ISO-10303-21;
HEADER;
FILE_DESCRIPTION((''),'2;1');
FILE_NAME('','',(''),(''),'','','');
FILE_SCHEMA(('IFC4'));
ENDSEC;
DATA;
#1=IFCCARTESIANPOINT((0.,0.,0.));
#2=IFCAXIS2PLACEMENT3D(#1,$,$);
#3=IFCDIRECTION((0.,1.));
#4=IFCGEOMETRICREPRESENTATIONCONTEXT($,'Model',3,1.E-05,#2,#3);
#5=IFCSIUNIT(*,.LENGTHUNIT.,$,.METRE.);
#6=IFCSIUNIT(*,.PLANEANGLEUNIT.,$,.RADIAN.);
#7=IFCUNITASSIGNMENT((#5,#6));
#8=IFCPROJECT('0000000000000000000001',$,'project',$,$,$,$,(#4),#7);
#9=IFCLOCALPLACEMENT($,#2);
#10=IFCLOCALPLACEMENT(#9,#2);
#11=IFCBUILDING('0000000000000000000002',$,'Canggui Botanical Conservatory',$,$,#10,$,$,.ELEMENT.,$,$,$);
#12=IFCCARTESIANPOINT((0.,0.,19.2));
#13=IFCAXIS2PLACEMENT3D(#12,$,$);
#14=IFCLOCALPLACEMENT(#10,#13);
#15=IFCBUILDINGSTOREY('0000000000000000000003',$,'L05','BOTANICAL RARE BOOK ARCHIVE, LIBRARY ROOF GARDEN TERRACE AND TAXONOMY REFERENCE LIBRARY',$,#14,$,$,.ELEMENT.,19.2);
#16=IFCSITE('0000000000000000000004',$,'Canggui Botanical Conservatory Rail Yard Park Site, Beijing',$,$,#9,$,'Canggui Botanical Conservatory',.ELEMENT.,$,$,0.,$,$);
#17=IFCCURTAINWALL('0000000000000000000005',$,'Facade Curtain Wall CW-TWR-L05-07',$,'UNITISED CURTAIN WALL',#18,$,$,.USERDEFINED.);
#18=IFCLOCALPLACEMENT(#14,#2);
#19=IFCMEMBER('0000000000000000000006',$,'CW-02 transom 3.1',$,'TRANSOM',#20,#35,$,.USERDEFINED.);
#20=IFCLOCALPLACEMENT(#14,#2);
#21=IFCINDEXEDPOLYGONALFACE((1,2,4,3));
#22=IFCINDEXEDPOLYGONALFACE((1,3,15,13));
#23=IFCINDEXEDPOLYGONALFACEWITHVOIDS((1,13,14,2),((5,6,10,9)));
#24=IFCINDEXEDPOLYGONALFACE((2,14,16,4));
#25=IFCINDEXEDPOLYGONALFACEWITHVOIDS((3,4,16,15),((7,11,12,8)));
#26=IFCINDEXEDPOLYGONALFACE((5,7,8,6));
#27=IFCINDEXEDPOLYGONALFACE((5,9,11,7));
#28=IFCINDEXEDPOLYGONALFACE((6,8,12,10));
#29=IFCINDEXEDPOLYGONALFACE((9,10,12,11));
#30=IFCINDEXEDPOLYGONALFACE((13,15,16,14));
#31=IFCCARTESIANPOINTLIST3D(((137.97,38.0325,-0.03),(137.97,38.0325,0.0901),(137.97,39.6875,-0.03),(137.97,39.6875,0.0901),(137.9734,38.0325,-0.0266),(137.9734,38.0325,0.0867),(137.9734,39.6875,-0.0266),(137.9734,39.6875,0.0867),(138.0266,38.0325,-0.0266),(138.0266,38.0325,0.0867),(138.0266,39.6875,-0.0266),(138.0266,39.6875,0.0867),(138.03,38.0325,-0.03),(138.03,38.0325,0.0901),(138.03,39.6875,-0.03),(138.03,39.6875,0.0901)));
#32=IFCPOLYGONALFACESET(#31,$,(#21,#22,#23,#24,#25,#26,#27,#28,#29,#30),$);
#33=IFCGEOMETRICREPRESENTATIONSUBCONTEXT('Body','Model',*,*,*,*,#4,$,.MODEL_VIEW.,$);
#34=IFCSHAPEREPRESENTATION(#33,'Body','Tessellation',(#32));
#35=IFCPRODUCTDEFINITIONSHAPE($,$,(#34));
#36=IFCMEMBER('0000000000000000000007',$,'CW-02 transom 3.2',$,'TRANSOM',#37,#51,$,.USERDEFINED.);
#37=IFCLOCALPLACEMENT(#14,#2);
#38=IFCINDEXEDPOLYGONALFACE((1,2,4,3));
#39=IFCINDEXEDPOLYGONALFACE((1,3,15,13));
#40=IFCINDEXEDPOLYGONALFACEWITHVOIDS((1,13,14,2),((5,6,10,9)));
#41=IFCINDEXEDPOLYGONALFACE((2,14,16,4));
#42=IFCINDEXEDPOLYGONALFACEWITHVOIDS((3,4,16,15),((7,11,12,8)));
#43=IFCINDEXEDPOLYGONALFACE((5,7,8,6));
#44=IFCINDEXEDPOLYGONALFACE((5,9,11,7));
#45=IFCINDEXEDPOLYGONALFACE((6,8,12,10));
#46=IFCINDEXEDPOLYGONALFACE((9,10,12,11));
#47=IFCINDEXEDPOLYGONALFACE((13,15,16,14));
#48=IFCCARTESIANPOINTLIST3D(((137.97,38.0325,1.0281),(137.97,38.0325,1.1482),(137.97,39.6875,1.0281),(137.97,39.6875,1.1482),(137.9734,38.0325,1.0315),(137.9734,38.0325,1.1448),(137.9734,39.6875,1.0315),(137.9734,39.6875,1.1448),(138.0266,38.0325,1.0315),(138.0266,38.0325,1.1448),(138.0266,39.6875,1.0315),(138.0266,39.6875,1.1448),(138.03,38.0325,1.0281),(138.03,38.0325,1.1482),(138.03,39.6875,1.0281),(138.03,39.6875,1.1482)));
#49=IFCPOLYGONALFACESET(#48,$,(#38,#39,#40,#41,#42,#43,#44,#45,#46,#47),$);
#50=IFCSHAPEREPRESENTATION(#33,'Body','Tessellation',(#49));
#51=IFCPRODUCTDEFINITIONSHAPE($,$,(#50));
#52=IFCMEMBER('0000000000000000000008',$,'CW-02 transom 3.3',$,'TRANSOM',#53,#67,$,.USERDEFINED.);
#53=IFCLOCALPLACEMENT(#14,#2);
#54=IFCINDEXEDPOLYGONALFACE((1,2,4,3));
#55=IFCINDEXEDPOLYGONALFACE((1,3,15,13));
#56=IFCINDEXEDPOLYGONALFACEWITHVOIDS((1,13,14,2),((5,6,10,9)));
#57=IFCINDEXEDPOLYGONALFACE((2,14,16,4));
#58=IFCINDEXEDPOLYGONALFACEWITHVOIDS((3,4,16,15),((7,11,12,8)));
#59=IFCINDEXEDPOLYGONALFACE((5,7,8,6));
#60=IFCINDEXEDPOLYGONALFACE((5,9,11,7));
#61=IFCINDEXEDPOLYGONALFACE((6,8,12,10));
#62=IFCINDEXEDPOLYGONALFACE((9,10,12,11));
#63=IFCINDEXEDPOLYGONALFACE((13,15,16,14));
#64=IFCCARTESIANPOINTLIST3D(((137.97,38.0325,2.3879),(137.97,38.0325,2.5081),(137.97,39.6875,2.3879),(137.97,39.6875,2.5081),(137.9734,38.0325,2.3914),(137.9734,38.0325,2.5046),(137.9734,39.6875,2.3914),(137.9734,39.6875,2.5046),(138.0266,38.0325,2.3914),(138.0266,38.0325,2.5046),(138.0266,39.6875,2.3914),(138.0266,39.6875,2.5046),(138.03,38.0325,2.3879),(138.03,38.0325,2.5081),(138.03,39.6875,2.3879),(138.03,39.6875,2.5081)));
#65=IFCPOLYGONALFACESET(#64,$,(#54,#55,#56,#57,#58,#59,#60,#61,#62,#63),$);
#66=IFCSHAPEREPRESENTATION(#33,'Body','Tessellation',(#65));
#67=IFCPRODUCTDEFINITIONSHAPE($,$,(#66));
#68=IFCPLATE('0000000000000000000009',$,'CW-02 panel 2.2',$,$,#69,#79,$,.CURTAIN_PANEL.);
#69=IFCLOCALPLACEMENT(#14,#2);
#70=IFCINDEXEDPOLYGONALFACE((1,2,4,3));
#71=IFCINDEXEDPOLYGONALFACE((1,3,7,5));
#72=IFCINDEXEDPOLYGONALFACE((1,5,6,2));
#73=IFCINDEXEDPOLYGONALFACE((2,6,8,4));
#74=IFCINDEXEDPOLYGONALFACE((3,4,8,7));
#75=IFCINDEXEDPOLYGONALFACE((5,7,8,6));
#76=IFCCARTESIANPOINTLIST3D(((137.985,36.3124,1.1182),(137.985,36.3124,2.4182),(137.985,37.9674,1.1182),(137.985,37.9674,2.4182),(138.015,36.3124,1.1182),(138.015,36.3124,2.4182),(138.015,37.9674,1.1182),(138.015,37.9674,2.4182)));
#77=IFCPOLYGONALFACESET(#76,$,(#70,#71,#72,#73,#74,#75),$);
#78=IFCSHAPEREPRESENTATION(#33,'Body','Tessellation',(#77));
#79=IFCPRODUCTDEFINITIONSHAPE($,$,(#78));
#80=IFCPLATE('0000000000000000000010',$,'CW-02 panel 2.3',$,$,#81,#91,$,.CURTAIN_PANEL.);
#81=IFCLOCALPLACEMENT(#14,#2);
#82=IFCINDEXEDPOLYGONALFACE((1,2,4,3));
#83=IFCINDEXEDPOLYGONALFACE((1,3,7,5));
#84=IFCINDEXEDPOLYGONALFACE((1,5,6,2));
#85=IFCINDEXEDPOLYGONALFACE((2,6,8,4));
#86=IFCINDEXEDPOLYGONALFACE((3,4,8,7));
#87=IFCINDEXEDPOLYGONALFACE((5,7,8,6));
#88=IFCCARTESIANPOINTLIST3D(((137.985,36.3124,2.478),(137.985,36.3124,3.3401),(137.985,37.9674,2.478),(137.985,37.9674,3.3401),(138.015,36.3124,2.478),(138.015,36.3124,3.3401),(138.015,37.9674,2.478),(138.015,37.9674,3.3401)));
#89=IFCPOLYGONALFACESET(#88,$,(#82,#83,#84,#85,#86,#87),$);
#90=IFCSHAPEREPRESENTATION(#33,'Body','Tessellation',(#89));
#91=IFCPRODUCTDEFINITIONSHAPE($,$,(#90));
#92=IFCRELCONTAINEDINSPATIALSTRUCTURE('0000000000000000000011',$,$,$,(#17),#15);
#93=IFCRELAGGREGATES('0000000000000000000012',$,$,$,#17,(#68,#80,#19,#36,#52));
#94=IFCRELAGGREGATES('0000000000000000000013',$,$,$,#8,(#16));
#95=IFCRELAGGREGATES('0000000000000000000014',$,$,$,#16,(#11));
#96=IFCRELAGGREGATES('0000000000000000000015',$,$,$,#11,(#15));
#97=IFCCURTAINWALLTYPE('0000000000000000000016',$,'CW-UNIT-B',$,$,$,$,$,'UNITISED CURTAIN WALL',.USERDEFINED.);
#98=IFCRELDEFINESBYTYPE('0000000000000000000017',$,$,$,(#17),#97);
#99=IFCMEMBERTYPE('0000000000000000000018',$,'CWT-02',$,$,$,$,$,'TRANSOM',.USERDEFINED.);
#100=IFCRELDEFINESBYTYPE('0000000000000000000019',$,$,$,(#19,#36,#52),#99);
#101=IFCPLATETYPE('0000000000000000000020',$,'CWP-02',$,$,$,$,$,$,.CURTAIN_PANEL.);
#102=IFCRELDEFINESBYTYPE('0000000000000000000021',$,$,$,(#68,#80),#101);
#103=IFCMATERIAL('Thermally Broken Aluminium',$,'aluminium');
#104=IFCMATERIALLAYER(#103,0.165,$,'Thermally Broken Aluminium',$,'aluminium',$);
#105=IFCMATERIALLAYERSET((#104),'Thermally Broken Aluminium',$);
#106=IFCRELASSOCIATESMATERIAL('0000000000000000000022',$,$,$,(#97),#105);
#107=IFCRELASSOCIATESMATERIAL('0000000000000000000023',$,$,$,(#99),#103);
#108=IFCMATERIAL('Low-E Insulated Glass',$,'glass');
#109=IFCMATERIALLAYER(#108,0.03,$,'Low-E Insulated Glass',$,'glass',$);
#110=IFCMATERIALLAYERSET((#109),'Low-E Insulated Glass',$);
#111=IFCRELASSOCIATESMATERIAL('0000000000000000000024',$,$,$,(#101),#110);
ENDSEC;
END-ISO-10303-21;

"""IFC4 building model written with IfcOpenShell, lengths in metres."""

from ifc_helpers import new_model, si_unit, direction, frame, origin, origin_2d, place, context, subcontext, project, spatial, rectangle, hollow_rectangle, extrude, material, layer, layer_set, material_profile, profile_set, type_object, element, aggregate, save


model = new_model("IFC4")

# Units and contexts
model_context = context("Model", 3, precision=1e-05, world=origin(), true_north=direction((0.0, 1.0)))
body_context = subcontext(model_context, "Body", "Model", "MODEL_VIEW")
ifc_project = project(units=[si_unit("LENGTHUNIT", "METRE"), si_unit("PLANEANGLEUNIT", "RADIAN")], contexts=[model_context])

# Site, building, storey
site_placement = place(None, origin())
site = spatial("IfcSite", under=ifc_project, at=site_placement, Name="Canggui Botanical Conservatory Rail Yard Park Site, Beijing", LongName="Canggui Botanical Conservatory", CompositionType="ELEMENT", RefElevation=0.0)
building_placement = place(site_placement, origin())
building = spatial("IfcBuilding", under=site, at=building_placement, Name="Canggui Botanical Conservatory", CompositionType="ELEMENT")
storey_placement = place(building_placement, frame((0.0, 0.0, 19.2)))
storey = spatial("IfcBuildingStorey", under=building, at=storey_placement, Name="L05", Description="BOTANICAL RARE BOOK ARCHIVE, LIBRARY ROOF GARDEN TERRACE AND TAXONOMY REFERENCE LIBRARY", CompositionType="ELEMENT", Elevation=19.2)

# Curtain wall, members, plates
ifc_material_1 = material(Name="Thermally Broken Aluminium", Category="aluminium")
ifc_layer_1 = layer(ifc_material_1, 0.165, Name="Thermally Broken Aluminium", Category="aluminium")
ifc_layer_set_1 = layer_set([ifc_layer_1], Name="Thermally Broken Aluminium")
curtain_wall_type = type_object("IfcCurtainWallType", Name="CW-UNIT-B", ElementType="UNITISED CURTAIN WALL", PredefinedType="USERDEFINED", material=ifc_layer_set_1)
curtain_wall_placement = place(storey_placement, origin())
curtain_wall = element("IfcCurtainWall", 1, at=curtain_wall_placement, inside=storey, type_object=curtain_wall_type, Name="Facade Curtain Wall CW-TWR-L05-07", ObjectType="UNITISED CURTAIN WALL", PredefinedType="USERDEFINED")
ifc_material_profile_1 = material_profile(ifc_material_1, hollow_rectangle(XDim=0.0601, YDim=0.1201, WallThickness=0.0034, at=origin_2d()), Name="CWT 60x120x3.5")
ifc_profile_set_1 = profile_set([ifc_material_profile_1], Name="Thermally Broken Aluminium")
member_type_1 = type_object("IfcMemberType", Name="CWT-02", ElementType="TRANSOM", PredefinedType="USERDEFINED", material=ifc_profile_set_1)
member_1_placement = place(storey_placement, frame((138.0, 38.0325, 0.03), z_axis=(0.0, 1.0, 0.0), x_axis=(-1.0, 0.0, 0.0)))
member_1 = element("IfcMember", 2, at=member_1_placement, type_object=member_type_1, Name="CW-02 transom 3.1", ObjectType="TRANSOM", PredefinedType="USERDEFINED", context=body_context, shape_type="SweptSolid", body=[
    extrude(hollow_rectangle(XDim=0.0601, YDim=0.1201, WallThickness=0.0034, at=origin_2d()), origin(), (0.0, 0.0, 1.0), 1.655),
])
member_2_placement = place(storey_placement, frame((138.0, 38.0325, 1.0881), z_axis=(0.0, 1.0, 0.0), x_axis=(-1.0, 0.0, 0.0)))
member_2 = element("IfcMember", 3, at=member_2_placement, type_object=member_type_1, Name="CW-02 transom 3.2", ObjectType="TRANSOM", PredefinedType="USERDEFINED", context=body_context, shape_type="SweptSolid", body=[
    extrude(hollow_rectangle(XDim=0.0601, YDim=0.1201, WallThickness=0.0034, at=origin_2d()), origin(), (0.0, 0.0, 1.0), 1.655),
])
member_3_placement = place(storey_placement, frame((138.0, 38.0325, 2.448), z_axis=(0.0, 1.0, 0.0), x_axis=(-1.0, 0.0, 0.0)))
member_3 = element("IfcMember", 4, at=member_3_placement, type_object=member_type_1, Name="CW-02 transom 3.3", ObjectType="TRANSOM", PredefinedType="USERDEFINED", context=body_context, shape_type="SweptSolid", body=[
    extrude(hollow_rectangle(XDim=0.0601, YDim=0.1201, WallThickness=0.0034, at=origin_2d()), origin(), (0.0, 0.0, 1.0), 1.655),
])
ifc_material_2 = material(Name="Low-E Insulated Glass", Category="glass")
ifc_layer_2 = layer(ifc_material_2, 0.03, Name="Low-E Insulated Glass", Category="glass")
ifc_layer_set_2 = layer_set([ifc_layer_2], Name="Low-E Insulated Glass")
plate_type = type_object("IfcPlateType", Name="CWP-02", PredefinedType="CURTAIN_PANEL", material=ifc_layer_set_2)
plate_1_placement = place(storey_placement, frame((138.0, 37.1399, 1.1182), z_axis=(0.0, 0.0, 1.0), x_axis=(0.0, 1.0, 0.0)))
plate_1 = element("IfcPlate", 5, at=plate_1_placement, type_object=plate_type, Name="CW-02 panel 2.2", PredefinedType="CURTAIN_PANEL", context=body_context, shape_type="SweptSolid", body=[
    extrude(rectangle(XDim=1.655, YDim=0.03, at=origin_2d()), origin(), (0.0, 0.0, 1.0), 1.3),
])
plate_2_placement = place(storey_placement, frame((138.0, 37.1399, 2.478), z_axis=(0.0, 0.0, 1.0), x_axis=(0.0, 1.0, 0.0)))
plate_2 = element("IfcPlate", 6, at=plate_2_placement, type_object=plate_type, Name="CW-02 panel 2.3", PredefinedType="CURTAIN_PANEL", context=body_context, shape_type="SweptSolid", body=[
    extrude(rectangle(XDim=1.655, YDim=0.03, at=origin_2d()), origin(), (0.0, 0.0, 1.0), 0.8621),
])
aggregate(curtain_wall, [plate_1, plate_2, member_1, member_2, member_3])

save(model, "model.ifc")
